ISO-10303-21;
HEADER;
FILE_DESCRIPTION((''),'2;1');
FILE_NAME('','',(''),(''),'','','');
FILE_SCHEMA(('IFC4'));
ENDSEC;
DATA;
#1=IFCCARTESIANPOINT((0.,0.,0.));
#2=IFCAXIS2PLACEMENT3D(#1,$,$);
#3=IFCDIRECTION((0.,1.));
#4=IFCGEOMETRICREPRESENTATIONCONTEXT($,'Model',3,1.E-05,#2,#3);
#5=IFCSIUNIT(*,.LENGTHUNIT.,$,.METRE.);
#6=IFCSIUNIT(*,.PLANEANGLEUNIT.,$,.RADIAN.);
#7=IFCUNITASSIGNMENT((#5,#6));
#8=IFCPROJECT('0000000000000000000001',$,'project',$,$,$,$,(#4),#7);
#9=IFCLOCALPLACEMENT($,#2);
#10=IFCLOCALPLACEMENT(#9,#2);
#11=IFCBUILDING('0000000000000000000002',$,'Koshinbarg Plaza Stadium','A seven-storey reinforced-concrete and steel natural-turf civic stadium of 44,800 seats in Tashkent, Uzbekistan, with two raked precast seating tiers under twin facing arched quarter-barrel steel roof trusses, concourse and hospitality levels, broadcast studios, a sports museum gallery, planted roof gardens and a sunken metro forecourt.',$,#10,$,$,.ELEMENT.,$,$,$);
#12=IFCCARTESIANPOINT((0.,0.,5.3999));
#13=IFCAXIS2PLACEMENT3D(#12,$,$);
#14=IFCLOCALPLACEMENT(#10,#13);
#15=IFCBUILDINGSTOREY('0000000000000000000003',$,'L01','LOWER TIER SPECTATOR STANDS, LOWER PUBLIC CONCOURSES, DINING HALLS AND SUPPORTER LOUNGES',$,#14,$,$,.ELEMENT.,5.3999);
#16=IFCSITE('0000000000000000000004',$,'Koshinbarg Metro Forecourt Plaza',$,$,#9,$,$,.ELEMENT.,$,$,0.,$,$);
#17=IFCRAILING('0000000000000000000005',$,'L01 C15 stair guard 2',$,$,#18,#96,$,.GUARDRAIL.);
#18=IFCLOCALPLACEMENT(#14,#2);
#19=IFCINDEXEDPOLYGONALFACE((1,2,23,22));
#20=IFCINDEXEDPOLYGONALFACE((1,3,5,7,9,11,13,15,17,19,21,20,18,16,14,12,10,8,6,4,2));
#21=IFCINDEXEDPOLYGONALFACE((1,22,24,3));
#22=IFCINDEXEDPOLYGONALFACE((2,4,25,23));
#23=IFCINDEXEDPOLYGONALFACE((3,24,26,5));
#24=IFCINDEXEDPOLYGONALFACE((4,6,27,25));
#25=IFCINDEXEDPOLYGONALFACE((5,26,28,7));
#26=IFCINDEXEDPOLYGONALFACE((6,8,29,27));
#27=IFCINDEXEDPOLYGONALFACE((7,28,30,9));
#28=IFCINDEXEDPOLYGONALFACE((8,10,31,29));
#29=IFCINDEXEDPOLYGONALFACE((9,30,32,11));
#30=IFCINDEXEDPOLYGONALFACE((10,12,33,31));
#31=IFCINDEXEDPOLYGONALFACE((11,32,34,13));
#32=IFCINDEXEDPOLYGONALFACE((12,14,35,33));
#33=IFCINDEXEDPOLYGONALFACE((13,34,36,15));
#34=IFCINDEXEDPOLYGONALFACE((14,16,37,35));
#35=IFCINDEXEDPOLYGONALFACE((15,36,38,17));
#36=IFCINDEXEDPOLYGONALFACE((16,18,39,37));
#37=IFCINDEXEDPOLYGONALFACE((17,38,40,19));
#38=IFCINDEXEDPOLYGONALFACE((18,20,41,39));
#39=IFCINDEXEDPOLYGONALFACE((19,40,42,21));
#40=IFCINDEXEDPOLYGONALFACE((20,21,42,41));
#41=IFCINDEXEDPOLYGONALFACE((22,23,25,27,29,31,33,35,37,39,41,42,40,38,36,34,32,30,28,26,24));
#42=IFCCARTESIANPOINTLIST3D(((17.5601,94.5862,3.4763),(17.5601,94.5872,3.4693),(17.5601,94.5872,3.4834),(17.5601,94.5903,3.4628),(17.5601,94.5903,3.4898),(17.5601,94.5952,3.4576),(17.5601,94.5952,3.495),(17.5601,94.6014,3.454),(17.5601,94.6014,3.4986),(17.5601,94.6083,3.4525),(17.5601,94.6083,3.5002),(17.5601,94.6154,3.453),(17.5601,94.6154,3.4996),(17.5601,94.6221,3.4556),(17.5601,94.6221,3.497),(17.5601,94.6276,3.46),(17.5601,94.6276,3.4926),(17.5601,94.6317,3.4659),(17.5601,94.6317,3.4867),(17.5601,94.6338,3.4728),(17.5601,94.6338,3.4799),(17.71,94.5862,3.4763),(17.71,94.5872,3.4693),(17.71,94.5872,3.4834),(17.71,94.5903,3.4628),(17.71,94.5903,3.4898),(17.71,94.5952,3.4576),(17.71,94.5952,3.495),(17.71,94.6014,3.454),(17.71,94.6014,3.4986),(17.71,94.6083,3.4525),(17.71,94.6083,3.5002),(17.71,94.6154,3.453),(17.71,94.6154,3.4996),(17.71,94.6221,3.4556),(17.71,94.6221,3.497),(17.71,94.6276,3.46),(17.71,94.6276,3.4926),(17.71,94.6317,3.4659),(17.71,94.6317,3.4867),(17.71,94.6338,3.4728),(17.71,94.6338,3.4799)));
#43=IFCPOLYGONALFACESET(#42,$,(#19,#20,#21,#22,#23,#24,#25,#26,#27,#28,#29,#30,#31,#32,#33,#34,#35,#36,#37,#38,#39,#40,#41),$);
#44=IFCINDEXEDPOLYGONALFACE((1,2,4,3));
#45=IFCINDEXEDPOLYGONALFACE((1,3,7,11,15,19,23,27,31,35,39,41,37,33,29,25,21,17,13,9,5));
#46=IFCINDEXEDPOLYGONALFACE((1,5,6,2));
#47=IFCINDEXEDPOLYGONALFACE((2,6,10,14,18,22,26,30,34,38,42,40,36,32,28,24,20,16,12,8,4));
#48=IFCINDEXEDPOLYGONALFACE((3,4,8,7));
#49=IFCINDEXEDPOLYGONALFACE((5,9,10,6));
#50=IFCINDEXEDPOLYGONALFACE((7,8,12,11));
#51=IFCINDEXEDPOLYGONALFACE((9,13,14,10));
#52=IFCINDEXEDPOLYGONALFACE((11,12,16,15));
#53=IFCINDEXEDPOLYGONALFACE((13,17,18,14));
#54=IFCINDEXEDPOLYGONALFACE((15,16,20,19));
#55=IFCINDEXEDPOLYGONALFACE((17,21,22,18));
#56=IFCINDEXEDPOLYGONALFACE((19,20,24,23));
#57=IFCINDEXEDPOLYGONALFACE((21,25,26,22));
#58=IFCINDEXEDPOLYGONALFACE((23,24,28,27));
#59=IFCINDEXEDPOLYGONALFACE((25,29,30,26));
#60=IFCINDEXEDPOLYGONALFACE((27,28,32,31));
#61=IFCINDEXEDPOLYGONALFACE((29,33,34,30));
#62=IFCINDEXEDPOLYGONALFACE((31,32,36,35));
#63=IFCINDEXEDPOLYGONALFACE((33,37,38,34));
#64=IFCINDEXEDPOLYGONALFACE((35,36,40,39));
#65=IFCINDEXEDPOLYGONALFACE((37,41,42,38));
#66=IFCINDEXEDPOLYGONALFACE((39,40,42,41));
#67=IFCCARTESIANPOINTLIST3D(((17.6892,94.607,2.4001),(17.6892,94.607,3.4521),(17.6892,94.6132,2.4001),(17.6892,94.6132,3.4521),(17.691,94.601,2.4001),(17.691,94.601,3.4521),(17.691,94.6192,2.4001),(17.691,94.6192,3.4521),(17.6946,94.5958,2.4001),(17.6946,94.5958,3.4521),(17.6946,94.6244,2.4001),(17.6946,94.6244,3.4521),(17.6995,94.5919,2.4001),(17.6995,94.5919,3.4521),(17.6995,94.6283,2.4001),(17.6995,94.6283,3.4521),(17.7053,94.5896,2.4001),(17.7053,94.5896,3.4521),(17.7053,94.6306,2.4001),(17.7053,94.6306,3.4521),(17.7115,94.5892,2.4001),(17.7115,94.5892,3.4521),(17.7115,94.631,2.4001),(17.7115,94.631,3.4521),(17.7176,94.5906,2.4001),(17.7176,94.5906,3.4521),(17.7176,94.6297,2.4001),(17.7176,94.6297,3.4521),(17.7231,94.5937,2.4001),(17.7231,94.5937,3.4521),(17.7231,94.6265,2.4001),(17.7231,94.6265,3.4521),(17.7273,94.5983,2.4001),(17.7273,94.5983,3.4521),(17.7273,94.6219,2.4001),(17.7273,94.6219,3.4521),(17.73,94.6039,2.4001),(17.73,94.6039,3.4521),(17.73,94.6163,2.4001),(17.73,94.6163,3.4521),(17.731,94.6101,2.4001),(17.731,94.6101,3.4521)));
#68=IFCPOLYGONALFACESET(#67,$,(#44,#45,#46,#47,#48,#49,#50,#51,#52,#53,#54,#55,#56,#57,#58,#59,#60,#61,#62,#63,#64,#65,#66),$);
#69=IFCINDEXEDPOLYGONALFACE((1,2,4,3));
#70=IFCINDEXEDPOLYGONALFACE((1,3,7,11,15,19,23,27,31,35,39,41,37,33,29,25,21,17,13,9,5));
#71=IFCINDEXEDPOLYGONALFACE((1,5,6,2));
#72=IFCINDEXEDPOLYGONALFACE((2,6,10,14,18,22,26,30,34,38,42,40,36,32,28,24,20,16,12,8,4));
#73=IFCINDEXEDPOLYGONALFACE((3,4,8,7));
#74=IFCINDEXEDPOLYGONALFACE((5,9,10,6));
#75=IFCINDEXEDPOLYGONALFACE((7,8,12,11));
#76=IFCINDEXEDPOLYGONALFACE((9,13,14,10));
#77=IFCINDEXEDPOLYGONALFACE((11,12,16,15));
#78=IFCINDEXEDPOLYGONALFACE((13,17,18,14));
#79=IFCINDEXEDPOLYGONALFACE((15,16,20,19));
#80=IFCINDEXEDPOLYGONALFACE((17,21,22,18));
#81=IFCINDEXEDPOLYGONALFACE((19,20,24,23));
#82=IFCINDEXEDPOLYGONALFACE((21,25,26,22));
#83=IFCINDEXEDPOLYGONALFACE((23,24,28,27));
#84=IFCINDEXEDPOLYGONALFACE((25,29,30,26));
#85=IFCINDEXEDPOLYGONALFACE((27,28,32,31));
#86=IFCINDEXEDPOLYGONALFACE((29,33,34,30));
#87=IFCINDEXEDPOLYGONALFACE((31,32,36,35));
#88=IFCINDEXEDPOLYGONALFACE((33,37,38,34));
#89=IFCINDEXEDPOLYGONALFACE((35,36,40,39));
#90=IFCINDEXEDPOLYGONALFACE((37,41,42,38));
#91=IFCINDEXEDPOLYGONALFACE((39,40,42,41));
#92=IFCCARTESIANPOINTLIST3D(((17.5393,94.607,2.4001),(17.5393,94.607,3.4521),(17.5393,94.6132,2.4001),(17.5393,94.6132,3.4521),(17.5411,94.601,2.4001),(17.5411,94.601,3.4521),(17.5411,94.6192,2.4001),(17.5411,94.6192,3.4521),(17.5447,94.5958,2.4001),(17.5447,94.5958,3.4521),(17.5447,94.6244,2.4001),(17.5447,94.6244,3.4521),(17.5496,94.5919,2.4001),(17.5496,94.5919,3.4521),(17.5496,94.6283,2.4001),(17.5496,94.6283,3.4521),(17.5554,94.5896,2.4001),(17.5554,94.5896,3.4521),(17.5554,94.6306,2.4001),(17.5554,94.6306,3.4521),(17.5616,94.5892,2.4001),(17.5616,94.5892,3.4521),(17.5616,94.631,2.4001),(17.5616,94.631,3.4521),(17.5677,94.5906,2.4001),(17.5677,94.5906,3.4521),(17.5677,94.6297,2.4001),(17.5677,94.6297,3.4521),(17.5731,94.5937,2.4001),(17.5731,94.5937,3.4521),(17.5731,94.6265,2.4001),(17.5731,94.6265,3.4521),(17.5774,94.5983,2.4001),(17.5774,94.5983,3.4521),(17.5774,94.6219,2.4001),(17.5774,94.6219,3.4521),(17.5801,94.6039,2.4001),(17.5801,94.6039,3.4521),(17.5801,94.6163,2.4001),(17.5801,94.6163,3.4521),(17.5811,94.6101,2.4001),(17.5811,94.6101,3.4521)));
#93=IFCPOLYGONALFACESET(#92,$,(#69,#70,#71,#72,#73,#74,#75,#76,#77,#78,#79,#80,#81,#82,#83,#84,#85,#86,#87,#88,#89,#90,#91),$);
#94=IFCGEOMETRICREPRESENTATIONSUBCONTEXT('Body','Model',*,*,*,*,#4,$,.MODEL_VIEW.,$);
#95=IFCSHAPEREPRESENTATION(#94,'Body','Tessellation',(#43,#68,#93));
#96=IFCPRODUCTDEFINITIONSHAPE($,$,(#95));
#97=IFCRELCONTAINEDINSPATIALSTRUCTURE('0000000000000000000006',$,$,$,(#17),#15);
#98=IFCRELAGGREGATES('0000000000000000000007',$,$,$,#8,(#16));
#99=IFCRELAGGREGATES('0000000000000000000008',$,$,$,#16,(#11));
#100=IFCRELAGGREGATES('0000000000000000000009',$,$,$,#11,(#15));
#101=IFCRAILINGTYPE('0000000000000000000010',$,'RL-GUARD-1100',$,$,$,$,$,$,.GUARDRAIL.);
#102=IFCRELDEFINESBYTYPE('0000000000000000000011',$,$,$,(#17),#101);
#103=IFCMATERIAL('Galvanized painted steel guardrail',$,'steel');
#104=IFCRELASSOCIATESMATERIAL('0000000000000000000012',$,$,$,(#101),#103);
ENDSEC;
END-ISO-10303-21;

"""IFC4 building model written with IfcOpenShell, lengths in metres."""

from ifc_helpers import new_model, si_unit, direction, frame, origin, origin_2d, place, context, subcontext, project, spatial, circle, extrude, material, type_object, element, save


model = new_model("IFC4")

# Units and contexts
model_context = context("Model", 3, precision=1e-05, world=origin(), true_north=direction((0.0, 1.0)))
body_context = subcontext(model_context, "Body", "Model", "MODEL_VIEW")
ifc_project = project(units=[si_unit("LENGTHUNIT", "METRE"), si_unit("PLANEANGLEUNIT", "RADIAN")], contexts=[model_context])

# Site, building, storey
site_placement = place(None, origin())
site = spatial("IfcSite", under=ifc_project, at=site_placement, Name="Koshinbarg Metro Forecourt Plaza", CompositionType="ELEMENT", RefElevation=0.0)
building_placement = place(site_placement, origin())
building = spatial("IfcBuilding", under=site, at=building_placement, Name="Koshinbarg Plaza Stadium", Description="A seven-storey reinforced-concrete and steel natural-turf civic stadium of 44,800 seats in Tashkent, Uzbekistan, with two raked precast seating tiers under twin facing arched quarter-barrel steel roof trusses, concourse and hospitality levels, broadcast studios, a sports museum gallery, planted roof gardens and a sunken metro forecourt.", CompositionType="ELEMENT")
storey_placement = place(building_placement, frame((0.0, 0.0, 5.3999)))
storey = spatial("IfcBuildingStorey", under=building, at=storey_placement, Name="L01", Description="LOWER TIER SPECTATOR STANDS, LOWER PUBLIC CONCOURSES, DINING HALLS AND SUPPORTER LOUNGES", CompositionType="ELEMENT", Elevation=5.3999)

# Railing
ifc_material_1 = material(Name="Galvanized painted steel guardrail", Category="steel")
railing_type_1 = type_object("IfcRailingType", Name="RL-GUARD-1100", PredefinedType="GUARDRAIL", material=ifc_material_1)
railing_1_placement = place(storey_placement, frame((17.71, 94.6101, 2.4001)))
element("IfcRailing", 1, at=railing_1_placement, inside=storey, type_object=railing_type_1, Name="L01 C15 stair guard 2", PredefinedType="GUARDRAIL", context=body_context, shape_type="SweptSolid", body=[
    extrude(circle(Radius=0.0239, at=origin_2d()), frame((0.0, 0.0, 1.0762), z_axis=(-1.0, 0.0, 0.0), x_axis=(0.0, -1.0, 0.0)), (0.0, 0.0, 1.0), 0.1499),
    extrude(circle(Radius=0.021, at=origin_2d()), origin(), (0.0, 0.0, 1.0), 1.052),
    extrude(circle(Radius=0.021, at=origin_2d()), frame((-0.1499, 0.0, 0.0)), (0.0, 0.0, 1.0), 1.052),
])

save(model, "model.ifc")
